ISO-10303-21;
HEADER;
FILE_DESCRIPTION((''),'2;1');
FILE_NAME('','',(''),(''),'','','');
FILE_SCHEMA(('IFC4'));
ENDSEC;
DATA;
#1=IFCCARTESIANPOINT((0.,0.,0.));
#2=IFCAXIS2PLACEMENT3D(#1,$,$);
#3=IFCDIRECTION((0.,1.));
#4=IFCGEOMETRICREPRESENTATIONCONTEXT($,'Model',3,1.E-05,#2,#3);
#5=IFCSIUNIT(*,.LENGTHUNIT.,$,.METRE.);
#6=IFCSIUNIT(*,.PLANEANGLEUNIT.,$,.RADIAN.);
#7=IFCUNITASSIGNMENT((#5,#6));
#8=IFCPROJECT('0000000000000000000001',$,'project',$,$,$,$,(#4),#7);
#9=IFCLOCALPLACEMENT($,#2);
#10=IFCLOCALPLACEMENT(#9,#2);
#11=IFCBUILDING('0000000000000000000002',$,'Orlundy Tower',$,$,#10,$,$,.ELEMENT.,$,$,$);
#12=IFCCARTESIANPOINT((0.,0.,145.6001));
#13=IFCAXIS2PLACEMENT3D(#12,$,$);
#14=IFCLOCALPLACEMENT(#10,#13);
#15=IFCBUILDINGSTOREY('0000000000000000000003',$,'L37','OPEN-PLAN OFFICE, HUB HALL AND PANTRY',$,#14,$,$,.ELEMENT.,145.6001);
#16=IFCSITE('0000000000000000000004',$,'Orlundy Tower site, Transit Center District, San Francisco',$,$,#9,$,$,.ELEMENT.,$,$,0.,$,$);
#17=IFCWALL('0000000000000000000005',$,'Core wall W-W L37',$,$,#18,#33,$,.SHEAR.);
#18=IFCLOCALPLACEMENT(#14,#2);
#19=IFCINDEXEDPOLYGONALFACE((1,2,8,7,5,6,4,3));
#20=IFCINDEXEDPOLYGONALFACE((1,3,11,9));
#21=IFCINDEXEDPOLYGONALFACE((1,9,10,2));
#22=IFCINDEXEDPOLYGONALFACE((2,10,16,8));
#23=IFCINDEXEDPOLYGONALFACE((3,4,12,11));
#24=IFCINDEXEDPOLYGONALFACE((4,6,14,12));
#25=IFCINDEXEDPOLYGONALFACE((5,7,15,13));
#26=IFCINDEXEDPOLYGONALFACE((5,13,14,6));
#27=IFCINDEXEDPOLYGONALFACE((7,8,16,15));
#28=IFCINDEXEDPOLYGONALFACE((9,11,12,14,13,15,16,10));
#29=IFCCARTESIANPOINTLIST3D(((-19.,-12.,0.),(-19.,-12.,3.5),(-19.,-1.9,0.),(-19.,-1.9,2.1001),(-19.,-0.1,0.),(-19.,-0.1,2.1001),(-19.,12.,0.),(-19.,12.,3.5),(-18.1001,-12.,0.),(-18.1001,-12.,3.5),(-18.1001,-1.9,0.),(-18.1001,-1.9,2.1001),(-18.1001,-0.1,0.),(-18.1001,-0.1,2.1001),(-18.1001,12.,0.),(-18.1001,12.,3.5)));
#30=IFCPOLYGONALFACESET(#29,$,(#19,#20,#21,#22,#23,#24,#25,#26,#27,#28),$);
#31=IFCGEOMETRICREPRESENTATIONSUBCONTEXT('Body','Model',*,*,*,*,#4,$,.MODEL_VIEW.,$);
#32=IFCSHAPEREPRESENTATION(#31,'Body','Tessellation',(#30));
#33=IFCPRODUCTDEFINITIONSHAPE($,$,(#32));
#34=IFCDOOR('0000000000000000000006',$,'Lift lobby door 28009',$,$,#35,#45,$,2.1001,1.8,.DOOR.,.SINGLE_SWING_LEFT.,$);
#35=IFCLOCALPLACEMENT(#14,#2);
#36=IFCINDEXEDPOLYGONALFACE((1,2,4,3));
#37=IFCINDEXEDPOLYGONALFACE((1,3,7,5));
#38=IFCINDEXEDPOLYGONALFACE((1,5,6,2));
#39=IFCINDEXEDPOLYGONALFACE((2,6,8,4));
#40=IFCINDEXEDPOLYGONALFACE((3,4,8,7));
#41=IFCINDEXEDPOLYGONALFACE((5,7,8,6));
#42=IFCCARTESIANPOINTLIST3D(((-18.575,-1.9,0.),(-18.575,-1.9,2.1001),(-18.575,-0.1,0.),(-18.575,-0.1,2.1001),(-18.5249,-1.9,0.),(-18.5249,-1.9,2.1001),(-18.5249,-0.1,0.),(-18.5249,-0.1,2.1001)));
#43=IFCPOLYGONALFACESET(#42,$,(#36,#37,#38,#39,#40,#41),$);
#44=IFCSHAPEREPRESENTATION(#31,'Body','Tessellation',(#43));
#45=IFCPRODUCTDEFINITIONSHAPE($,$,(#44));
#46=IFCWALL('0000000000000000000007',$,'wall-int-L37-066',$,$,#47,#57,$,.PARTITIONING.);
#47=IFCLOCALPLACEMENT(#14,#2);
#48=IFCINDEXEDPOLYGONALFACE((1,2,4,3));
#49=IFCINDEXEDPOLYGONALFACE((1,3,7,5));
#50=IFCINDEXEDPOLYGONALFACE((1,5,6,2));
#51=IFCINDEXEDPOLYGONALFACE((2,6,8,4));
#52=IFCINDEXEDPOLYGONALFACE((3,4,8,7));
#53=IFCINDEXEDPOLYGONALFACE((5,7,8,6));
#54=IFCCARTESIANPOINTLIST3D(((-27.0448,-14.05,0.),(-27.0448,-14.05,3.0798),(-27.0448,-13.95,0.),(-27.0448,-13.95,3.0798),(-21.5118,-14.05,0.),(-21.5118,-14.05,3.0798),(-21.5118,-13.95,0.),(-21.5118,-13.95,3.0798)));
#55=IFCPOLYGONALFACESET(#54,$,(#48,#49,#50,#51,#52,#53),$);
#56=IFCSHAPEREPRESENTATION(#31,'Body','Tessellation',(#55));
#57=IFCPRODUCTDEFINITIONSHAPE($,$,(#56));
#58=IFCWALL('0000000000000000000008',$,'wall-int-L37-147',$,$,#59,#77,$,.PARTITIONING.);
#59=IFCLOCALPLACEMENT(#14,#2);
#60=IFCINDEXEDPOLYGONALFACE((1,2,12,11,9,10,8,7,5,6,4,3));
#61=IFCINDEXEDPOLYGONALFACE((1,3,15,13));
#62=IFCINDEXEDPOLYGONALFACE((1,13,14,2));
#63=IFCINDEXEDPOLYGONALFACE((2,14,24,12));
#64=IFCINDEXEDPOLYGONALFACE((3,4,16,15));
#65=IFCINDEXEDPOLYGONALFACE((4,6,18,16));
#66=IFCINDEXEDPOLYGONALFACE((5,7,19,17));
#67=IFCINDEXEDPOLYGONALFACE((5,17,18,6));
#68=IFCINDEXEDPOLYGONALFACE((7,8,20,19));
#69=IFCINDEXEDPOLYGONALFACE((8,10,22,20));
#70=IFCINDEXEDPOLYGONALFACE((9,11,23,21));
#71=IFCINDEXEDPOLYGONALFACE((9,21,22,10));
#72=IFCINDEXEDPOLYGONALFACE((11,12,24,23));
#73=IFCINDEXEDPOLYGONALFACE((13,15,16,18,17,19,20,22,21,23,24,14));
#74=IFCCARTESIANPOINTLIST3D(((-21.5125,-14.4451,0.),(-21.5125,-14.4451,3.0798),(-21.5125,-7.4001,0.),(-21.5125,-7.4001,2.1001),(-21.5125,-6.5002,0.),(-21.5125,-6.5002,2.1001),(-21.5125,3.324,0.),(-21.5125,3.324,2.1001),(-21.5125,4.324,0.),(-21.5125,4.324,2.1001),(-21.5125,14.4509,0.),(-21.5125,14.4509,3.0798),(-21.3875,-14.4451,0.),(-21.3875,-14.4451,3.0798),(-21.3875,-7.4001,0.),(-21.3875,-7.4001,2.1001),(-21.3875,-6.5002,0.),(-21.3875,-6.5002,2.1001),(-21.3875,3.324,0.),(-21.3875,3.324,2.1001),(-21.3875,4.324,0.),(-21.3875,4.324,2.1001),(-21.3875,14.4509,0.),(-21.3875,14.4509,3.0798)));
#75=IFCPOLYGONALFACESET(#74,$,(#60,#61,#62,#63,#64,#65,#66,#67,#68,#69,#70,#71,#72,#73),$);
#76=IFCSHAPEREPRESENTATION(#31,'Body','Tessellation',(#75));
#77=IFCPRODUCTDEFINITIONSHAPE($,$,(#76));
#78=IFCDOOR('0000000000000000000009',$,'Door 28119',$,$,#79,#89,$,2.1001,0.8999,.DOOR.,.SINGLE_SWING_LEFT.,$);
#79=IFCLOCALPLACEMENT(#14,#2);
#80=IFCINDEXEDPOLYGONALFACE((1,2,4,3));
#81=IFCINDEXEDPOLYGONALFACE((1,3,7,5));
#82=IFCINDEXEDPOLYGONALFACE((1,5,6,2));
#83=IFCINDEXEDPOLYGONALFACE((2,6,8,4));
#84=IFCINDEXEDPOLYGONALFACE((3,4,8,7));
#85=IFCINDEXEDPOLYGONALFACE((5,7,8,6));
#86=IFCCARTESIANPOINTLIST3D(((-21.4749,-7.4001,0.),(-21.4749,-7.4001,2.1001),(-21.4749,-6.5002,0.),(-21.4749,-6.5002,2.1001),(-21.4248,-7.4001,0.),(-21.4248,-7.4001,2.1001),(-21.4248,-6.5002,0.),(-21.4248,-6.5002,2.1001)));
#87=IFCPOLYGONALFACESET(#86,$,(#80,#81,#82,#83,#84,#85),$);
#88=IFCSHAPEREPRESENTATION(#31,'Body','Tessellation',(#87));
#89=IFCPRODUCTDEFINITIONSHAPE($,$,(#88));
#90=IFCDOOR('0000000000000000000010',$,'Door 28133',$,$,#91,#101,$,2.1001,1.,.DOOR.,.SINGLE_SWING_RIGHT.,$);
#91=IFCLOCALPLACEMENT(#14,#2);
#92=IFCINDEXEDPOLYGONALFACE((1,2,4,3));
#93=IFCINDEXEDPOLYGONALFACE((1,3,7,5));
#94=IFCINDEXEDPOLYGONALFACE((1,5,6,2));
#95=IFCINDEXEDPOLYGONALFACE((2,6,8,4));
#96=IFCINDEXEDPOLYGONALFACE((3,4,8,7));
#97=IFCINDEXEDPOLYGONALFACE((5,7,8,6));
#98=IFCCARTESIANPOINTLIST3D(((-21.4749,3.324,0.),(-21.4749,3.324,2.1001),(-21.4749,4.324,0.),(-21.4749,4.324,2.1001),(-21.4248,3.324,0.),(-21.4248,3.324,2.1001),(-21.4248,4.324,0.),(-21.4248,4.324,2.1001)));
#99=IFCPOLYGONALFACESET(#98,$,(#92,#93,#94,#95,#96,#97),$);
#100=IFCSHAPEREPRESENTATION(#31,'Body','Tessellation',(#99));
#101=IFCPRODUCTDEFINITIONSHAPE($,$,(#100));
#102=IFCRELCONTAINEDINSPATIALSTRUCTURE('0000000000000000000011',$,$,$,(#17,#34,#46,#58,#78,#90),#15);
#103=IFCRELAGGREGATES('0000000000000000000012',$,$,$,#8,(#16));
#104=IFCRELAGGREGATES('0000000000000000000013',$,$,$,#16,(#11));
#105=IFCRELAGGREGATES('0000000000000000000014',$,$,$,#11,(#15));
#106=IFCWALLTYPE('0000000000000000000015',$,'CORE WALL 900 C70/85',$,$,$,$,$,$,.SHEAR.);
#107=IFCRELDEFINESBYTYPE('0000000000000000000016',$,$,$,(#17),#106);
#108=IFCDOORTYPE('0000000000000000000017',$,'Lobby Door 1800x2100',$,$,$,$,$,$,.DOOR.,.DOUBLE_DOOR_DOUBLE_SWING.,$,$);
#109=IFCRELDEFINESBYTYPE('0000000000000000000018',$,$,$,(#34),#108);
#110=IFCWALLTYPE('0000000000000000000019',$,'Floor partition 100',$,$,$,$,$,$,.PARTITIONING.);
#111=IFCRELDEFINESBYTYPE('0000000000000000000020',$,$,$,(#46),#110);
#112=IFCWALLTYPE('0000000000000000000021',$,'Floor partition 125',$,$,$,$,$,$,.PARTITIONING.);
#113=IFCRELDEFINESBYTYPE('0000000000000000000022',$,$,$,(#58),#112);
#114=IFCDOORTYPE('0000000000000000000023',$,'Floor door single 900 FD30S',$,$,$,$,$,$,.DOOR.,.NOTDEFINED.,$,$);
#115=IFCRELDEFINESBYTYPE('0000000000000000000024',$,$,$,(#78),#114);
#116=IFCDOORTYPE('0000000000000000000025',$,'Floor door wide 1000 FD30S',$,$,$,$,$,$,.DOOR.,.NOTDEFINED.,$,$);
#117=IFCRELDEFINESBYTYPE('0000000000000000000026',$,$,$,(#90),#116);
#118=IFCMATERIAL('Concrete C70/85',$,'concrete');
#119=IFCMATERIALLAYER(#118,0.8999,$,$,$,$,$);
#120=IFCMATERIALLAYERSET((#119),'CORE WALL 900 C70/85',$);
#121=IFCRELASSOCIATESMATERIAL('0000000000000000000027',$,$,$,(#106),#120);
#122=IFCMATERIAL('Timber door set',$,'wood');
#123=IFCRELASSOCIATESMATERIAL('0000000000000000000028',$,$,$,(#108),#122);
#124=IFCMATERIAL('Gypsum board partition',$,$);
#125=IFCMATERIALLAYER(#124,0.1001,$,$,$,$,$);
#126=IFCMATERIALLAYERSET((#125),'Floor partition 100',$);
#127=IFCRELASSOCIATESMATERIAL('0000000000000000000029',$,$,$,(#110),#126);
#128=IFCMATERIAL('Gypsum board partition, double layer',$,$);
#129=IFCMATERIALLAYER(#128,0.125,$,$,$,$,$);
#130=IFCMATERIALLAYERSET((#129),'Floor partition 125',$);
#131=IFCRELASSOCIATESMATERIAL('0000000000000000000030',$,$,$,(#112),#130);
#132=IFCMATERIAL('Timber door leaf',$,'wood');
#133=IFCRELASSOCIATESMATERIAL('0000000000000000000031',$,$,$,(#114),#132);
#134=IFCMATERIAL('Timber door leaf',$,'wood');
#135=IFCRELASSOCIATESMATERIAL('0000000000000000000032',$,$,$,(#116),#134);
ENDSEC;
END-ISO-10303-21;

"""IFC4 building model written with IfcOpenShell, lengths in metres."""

from ifc_helpers import new_model, si_unit, direction, frame, frame_2d, origin, place, context, subcontext, project, spatial, rectangle, extrude, material, layer, layer_set, type_object, element, fill, save


model = new_model("IFC4")

# Units and contexts
model_context = context("Model", 3, precision=1e-05, world=origin(), true_north=direction((0.0, 1.0)))
body_context = subcontext(model_context, "Body", "Model", "MODEL_VIEW")
ifc_project = project(units=[si_unit("LENGTHUNIT", "METRE"), si_unit("PLANEANGLEUNIT", "RADIAN")], contexts=[model_context])

# Site, building, storey
site_placement = place(None, origin())
site = spatial("IfcSite", under=ifc_project, at=site_placement, Name="Orlundy Tower site, Transit Center District, San Francisco", CompositionType="ELEMENT", RefElevation=0.0)
building_placement = place(site_placement, origin())
building = spatial("IfcBuilding", under=site, at=building_placement, Name="Orlundy Tower", CompositionType="ELEMENT")
storey_placement = place(building_placement, frame((0.0, 0.0, 145.6001)))
storey = spatial("IfcBuildingStorey", under=building, at=storey_placement, Name="L37", Description="OPEN-PLAN OFFICE, HUB HALL AND PANTRY", CompositionType="ELEMENT", Elevation=145.6001)

# Wall, opening, door
ifc_material_1 = material(Name="Concrete C70/85", Category="concrete")
ifc_layer_1 = layer(ifc_material_1, 0.8999)
ifc_layer_set_1 = layer_set([ifc_layer_1], Name="CORE WALL 900 C70/85")
wall_type_1 = type_object("IfcWallType", Name="CORE WALL 900 C70/85", PredefinedType="SHEAR", material=ifc_layer_set_1)
wall_1_placement = place(storey_placement, frame((-18.55, -12.0, 0.0), z_axis=(0.0, 0.0, 1.0), x_axis=(0.0, 1.0, 0.0)))
wall_1 = element("IfcWall", 1, at=wall_1_placement, inside=storey, type_object=wall_type_1, Name="Core wall W-W L37", PredefinedType="SHEAR", context=body_context, shape_type="SweptSolid", body=[
    extrude(rectangle(XDim=24.0, YDim=0.8999, at=frame_2d((12.0, 0.0))), origin(), (0.0, 0.0, 1.0), 3.5),
])
opening_1_placement = place(wall_1_placement, frame((10.1001, 0.0, 0.0)))
opening_1 = element("IfcOpeningElement", 2, at=opening_1_placement, cuts=wall_1, PredefinedType="OPENING", context=body_context, shape_type="SweptSolid", body=[
    extrude(rectangle(XDim=1.8, YDim=2.1001, at=frame_2d((0.8999, 1.05))), frame((0.0, 0.46, 0.0), z_axis=(0.0, -1.0, 0.0), x_axis=(1.0, 0.0, 0.0)), (0.0, 0.0, 1.0), 0.9199),
])
ifc_material_2 = material(Name="Timber door set", Category="wood")
door_type_1 = type_object("IfcDoorType", Name="Lobby Door 1800x2100", OperationType="DOUBLE_DOOR_DOUBLE_SWING", PredefinedType="DOOR", material=ifc_material_2)
door_1_placement = place(opening_1_placement, origin())
door_1 = element("IfcDoor", 3, at=door_1_placement, inside=storey, type_object=door_type_1, Name="Lift lobby door 28009", OperationType="SINGLE_SWING_LEFT", OverallHeight=2.1001, OverallWidth=1.8, PredefinedType="DOOR", context=body_context, shape_type="SweptSolid", body=[
    extrude(rectangle(XDim=1.8, YDim=2.1001, at=frame_2d((0.8999, 1.05))), frame((0.0, 0.0249, 0.0), z_axis=(0.0, -1.0, 0.0), x_axis=(1.0, 0.0, 0.0)), (0.0, 0.0, 1.0), 0.05),
])
fill(opening_1, door_1)

# Wall
ifc_material_3 = material(Name="Gypsum board partition")
ifc_layer_2 = layer(ifc_material_3, 0.1001)
ifc_layer_set_2 = layer_set([ifc_layer_2], Name="Floor partition 100")
wall_type_2 = type_object("IfcWallType", Name="Floor partition 100", PredefinedType="PARTITIONING", material=ifc_layer_set_2)
wall_2_placement = place(storey_placement, frame((-27.0449, -14.0, 0.0), z_axis=(0.0, 0.0, 1.0), x_axis=(1.0, 0.0, 0.0)))
element("IfcWall", 4, at=wall_2_placement, inside=storey, type_object=wall_type_2, Name="wall-int-L37-066", PredefinedType="PARTITIONING", context=body_context, shape_type="SweptSolid", body=[
    extrude(rectangle(XDim=5.533, YDim=0.1001, at=frame_2d((2.7666, 0.0))), origin(), (0.0, 0.0, 1.0), 3.0798),
])

# Wall, openings, doors
ifc_material_4 = material(Name="Gypsum board partition, double layer")
ifc_layer_3 = layer(ifc_material_4, 0.125)
ifc_layer_set_3 = layer_set([ifc_layer_3], Name="Floor partition 125")
wall_type_3 = type_object("IfcWallType", Name="Floor partition 125", PredefinedType="PARTITIONING", material=ifc_layer_set_3)
wall_3_placement = place(storey_placement, frame((-21.45, -14.4451, 0.0), z_axis=(0.0, 0.0, 1.0), x_axis=(0.0, 1.0, 0.0)))
wall_3 = element("IfcWall", 5, at=wall_3_placement, inside=storey, type_object=wall_type_3, Name="wall-int-L37-147", PredefinedType="PARTITIONING", context=body_context, shape_type="SweptSolid", body=[
    extrude(rectangle(XDim=28.896, YDim=0.125, at=frame_2d((14.448, 0.0))), origin(), (0.0, 0.0, 1.0), 3.0798),
])
opening_2_placement = place(wall_3_placement, frame((7.0449, 0.0, 0.0)))
opening_2 = element("IfcOpeningElement", 6, at=opening_2_placement, cuts=wall_3, PredefinedType="OPENING", context=body_context, shape_type="SweptSolid", body=[
    extrude(rectangle(XDim=0.8999, YDim=2.1001, at=frame_2d((0.45, 1.05))), frame((0.0, 0.0725, 0.0), z_axis=(0.0, -1.0, 0.0), x_axis=(1.0, 0.0, 0.0)), (0.0, 0.0, 1.0), 0.145),
])
opening_3_placement = place(wall_3_placement, frame((17.769, 0.0, 0.0)))
opening_3 = element("IfcOpeningElement", 7, at=opening_3_placement, cuts=wall_3, PredefinedType="OPENING", context=body_context, shape_type="SweptSolid", body=[
    extrude(rectangle(XDim=1.0, YDim=2.1001, at=frame_2d((0.5, 1.05))), frame((0.0, 0.0725, 0.0), z_axis=(0.0, -1.0, 0.0), x_axis=(1.0, 0.0, 0.0)), (0.0, 0.0, 1.0), 0.145),
])
ifc_material_5 = material(Name="Timber door leaf", Category="wood")
door_type_2 = type_object("IfcDoorType", Name="Floor door single 900 FD30S", OperationType="NOTDEFINED", PredefinedType="DOOR", material=ifc_material_5)
door_2_placement = place(opening_2_placement, origin())
door_2 = element("IfcDoor", 8, at=door_2_placement, inside=storey, type_object=door_type_2, Name="Door 28119", OperationType="SINGLE_SWING_LEFT", OverallHeight=2.1001, OverallWidth=0.8999, PredefinedType="DOOR", context=body_context, shape_type="SweptSolid", body=[
    extrude(rectangle(XDim=0.8999, YDim=2.1001, at=frame_2d((0.45, 1.05))), frame((0.0, 0.0249, 0.0), z_axis=(0.0, -1.0, 0.0), x_axis=(1.0, 0.0, 0.0)), (0.0, 0.0, 1.0), 0.05),
])
fill(opening_2, door_2)
ifc_material_6 = material(Name="Timber door leaf", Category="wood")
door_type_3 = type_object("IfcDoorType", Name="Floor door wide 1000 FD30S", OperationType="NOTDEFINED", PredefinedType="DOOR", material=ifc_material_6)
door_3_placement = place(opening_3_placement, origin())
door_3 = element("IfcDoor", 9, at=door_3_placement, inside=storey, type_object=door_type_3, Name="Door 28133", OperationType="SINGLE_SWING_RIGHT", OverallHeight=2.1001, OverallWidth=1.0, PredefinedType="DOOR", context=body_context, shape_type="SweptSolid", body=[
    extrude(rectangle(XDim=1.0, YDim=2.1001, at=frame_2d((0.5, 1.05))), frame((0.0, 0.0249, 0.0), z_axis=(0.0, -1.0, 0.0), x_axis=(1.0, 0.0, 0.0)), (0.0, 0.0, 1.0), 0.05),
])
fill(opening_3, door_3)

save(model, "model.ifc")
